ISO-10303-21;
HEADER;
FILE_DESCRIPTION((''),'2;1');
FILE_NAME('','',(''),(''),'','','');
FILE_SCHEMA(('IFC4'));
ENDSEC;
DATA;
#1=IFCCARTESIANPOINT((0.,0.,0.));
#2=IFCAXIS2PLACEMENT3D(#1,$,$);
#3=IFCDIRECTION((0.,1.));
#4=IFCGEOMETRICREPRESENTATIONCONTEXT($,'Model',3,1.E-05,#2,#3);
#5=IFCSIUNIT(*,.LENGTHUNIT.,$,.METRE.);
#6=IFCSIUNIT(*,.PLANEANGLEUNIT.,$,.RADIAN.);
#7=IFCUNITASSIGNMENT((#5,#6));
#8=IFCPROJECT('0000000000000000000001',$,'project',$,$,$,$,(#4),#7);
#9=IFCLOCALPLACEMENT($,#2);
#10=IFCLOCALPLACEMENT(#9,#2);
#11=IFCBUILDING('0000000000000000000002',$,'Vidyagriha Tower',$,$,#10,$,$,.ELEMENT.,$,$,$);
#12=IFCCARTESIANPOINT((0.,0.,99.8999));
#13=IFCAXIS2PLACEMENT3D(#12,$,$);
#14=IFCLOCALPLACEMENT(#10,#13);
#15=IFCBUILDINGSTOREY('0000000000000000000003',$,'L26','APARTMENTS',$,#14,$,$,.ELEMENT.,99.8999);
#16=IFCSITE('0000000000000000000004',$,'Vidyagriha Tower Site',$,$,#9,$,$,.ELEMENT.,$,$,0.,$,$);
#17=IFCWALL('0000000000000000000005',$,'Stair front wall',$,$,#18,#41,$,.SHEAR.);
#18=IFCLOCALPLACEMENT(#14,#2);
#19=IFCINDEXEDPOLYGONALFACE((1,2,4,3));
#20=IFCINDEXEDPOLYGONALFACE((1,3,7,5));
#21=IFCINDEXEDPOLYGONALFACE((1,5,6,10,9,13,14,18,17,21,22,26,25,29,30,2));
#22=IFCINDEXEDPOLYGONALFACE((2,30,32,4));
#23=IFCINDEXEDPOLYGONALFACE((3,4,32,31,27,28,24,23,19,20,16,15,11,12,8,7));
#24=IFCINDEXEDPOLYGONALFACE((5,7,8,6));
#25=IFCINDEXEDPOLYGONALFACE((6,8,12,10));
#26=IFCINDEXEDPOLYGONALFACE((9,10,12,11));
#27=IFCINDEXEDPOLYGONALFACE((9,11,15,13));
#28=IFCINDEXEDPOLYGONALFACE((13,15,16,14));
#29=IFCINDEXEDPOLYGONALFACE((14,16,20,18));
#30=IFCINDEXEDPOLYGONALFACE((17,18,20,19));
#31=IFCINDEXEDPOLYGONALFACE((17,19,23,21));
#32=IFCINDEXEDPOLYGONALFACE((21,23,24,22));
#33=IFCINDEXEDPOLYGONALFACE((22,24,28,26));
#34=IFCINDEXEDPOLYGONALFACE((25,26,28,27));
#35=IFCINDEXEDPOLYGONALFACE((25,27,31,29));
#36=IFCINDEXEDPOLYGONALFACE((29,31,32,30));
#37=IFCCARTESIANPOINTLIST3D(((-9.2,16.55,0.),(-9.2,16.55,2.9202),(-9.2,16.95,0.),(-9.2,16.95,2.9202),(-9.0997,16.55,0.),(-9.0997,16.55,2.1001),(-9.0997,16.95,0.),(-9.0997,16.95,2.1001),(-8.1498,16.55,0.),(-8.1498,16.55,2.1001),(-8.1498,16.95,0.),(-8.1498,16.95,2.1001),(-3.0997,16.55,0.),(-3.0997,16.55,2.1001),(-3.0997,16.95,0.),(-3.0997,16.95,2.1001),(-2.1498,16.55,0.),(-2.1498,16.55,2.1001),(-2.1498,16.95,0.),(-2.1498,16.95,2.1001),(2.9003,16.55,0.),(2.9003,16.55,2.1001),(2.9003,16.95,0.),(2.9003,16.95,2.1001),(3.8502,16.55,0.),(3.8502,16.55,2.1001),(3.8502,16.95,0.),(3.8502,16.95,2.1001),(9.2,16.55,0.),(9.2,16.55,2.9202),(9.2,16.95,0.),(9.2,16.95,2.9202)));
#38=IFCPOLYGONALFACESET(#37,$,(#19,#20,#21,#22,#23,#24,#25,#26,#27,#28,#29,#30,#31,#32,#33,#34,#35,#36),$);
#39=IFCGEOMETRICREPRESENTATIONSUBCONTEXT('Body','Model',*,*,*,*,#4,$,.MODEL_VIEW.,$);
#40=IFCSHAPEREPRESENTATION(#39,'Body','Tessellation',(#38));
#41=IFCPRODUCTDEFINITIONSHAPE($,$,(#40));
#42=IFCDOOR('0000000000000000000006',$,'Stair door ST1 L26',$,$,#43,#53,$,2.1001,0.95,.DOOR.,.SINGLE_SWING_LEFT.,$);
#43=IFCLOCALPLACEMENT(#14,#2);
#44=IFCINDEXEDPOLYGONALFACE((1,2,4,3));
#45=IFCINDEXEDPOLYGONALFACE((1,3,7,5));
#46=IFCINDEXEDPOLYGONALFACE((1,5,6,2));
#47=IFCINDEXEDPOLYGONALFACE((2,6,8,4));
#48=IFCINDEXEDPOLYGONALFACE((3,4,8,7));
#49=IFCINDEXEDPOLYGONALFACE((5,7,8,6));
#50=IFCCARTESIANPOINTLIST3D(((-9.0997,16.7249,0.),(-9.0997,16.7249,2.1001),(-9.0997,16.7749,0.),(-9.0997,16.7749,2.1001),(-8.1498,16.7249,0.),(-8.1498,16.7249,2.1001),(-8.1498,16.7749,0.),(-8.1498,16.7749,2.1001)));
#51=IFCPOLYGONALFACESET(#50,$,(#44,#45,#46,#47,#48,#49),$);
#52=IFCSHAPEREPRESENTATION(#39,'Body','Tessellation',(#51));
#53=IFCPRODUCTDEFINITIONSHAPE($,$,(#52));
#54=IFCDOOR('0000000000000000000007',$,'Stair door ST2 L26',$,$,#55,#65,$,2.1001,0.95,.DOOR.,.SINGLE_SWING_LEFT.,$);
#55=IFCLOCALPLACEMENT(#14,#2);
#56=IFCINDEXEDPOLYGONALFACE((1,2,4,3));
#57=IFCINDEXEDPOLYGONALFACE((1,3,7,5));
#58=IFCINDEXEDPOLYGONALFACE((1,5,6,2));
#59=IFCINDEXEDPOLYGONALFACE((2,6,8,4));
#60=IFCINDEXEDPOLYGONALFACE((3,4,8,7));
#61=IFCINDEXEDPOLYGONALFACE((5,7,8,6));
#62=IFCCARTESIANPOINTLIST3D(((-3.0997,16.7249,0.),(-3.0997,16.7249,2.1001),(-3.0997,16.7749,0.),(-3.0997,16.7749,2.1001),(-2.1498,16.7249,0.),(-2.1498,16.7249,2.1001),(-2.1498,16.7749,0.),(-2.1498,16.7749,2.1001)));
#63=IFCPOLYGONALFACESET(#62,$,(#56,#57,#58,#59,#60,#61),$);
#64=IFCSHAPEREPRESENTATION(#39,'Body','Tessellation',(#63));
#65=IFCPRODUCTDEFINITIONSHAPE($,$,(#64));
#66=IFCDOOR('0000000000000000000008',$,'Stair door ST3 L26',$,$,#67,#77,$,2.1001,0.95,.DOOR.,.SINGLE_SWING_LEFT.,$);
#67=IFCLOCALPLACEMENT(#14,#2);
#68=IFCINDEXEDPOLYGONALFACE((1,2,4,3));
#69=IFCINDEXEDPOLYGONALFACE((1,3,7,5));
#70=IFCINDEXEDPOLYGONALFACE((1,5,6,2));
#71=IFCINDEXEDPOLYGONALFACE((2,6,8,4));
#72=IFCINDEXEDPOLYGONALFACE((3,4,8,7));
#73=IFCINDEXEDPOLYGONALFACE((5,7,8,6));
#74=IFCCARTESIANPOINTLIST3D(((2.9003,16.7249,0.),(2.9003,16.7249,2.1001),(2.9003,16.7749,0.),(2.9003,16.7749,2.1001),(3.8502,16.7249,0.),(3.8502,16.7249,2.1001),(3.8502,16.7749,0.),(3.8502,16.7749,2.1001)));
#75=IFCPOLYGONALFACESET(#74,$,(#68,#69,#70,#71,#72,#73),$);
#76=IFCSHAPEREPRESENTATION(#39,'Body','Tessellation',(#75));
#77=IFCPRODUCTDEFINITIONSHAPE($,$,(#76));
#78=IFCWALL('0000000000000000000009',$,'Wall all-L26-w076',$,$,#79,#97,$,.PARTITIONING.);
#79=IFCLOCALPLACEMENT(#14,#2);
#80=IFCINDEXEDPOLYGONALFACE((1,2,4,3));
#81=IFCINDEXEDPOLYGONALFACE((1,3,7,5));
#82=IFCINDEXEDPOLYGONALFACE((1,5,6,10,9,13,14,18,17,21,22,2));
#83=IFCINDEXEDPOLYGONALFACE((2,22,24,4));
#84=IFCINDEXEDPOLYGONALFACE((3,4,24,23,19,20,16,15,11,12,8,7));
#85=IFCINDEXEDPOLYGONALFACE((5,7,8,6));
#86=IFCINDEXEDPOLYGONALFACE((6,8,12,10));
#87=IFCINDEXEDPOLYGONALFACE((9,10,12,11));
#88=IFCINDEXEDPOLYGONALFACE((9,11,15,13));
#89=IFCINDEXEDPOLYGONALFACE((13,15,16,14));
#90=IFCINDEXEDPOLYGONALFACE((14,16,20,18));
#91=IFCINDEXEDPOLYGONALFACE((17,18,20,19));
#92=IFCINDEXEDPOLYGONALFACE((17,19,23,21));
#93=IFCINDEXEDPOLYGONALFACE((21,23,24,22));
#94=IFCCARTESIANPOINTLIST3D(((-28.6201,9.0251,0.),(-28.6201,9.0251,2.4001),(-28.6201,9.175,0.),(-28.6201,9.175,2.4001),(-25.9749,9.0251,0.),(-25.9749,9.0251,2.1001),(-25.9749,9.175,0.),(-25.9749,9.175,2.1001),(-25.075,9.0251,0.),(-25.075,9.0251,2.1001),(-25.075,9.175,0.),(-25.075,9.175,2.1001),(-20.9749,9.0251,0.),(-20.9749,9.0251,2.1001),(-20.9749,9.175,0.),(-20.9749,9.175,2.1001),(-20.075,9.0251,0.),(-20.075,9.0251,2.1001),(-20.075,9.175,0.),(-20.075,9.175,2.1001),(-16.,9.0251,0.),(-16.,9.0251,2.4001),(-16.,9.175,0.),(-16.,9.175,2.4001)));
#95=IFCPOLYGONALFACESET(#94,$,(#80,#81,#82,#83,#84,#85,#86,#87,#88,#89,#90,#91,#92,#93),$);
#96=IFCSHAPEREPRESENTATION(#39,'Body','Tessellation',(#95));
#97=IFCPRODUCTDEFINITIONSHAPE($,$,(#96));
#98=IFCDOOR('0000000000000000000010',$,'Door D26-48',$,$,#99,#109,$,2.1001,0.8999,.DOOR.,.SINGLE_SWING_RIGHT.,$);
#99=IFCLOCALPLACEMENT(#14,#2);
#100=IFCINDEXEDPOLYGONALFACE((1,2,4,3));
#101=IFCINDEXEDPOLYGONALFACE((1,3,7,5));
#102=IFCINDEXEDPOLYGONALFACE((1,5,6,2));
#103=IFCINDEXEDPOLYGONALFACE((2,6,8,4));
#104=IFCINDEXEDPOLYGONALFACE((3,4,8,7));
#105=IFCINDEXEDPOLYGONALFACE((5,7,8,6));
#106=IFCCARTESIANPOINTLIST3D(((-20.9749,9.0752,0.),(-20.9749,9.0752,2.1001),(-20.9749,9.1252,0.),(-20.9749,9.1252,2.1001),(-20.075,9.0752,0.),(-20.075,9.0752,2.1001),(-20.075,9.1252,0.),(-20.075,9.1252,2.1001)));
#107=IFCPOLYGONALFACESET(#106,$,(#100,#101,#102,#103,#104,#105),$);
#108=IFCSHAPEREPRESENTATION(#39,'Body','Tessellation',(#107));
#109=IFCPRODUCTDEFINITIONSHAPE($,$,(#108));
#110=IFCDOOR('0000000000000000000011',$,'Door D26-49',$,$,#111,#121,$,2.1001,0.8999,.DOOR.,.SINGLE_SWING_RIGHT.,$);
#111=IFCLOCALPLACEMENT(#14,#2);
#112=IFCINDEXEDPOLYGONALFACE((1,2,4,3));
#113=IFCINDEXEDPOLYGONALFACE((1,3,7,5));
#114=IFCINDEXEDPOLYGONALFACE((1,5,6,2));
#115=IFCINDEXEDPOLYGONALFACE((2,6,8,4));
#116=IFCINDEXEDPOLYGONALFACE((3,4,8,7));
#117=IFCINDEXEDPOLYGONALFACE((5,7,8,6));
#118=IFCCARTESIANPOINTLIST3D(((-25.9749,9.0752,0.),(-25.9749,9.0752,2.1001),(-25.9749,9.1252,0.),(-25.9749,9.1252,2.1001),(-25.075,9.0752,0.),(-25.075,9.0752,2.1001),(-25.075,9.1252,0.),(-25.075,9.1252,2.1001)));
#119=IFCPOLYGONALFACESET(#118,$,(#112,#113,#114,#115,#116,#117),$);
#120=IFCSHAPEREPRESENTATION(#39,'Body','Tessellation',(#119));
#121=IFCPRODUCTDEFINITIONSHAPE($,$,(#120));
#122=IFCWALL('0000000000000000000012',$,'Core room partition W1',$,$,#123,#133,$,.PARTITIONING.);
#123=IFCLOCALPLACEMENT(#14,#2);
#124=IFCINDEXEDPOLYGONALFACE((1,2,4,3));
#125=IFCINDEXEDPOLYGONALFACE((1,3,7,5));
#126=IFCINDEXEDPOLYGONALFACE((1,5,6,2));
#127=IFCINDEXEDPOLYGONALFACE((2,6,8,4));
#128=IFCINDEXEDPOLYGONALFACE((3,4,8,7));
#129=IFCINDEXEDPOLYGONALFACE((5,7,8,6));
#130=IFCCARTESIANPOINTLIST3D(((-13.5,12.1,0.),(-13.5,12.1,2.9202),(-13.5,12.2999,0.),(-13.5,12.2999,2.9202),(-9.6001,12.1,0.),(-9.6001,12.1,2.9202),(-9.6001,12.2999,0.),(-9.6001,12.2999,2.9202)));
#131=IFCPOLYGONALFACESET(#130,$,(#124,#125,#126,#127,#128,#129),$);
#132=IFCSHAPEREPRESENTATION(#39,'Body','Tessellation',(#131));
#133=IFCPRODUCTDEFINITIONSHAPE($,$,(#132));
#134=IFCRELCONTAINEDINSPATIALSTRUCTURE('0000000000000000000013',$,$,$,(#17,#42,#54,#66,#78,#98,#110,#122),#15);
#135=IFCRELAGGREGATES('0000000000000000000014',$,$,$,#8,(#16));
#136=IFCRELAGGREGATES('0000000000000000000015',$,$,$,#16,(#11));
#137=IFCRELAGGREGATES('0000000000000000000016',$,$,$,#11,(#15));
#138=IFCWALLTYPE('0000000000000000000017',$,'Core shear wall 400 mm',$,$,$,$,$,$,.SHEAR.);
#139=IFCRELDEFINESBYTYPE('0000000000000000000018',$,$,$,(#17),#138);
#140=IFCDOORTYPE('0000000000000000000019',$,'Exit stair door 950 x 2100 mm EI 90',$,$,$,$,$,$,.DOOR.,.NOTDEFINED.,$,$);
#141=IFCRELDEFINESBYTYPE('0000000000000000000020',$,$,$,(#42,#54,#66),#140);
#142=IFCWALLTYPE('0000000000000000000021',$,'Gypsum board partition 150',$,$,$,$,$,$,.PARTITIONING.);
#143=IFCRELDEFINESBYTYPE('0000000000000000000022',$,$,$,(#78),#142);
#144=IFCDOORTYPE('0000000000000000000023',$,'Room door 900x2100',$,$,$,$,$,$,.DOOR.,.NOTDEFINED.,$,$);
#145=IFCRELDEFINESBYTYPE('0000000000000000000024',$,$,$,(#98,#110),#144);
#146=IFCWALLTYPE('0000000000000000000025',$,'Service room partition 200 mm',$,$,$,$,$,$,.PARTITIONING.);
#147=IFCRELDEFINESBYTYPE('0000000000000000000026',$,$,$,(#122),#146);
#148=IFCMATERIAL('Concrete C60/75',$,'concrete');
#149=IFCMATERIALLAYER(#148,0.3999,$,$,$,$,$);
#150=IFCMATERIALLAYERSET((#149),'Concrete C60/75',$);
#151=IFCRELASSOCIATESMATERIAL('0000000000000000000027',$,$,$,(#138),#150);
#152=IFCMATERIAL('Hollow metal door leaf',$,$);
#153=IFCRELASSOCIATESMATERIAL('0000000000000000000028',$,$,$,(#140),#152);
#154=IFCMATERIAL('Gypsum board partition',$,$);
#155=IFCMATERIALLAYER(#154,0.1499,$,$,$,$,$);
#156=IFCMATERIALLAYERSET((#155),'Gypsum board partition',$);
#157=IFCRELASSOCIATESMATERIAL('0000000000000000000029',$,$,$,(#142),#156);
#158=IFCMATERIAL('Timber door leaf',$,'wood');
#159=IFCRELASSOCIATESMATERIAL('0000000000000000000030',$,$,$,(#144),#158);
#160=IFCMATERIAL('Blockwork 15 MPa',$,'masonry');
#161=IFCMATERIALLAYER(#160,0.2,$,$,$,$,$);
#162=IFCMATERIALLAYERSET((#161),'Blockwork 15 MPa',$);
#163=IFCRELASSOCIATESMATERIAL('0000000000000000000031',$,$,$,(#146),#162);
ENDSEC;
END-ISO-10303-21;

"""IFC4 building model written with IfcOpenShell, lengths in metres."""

from ifc_helpers import new_model, si_unit, direction, frame, frame_2d, origin, place, context, subcontext, project, spatial, rectangle, extrude, material, layer, layer_set, type_object, element, fill, save


model = new_model("IFC4")

# Units and contexts
model_context = context("Model", 3, precision=1e-05, world=origin(), true_north=direction((0.0, 1.0)))
body_context = subcontext(model_context, "Body", "Model", "MODEL_VIEW")
ifc_project = project(units=[si_unit("LENGTHUNIT", "METRE"), si_unit("PLANEANGLEUNIT", "RADIAN")], contexts=[model_context])

# Site, building, storey
site_placement = place(None, origin())
site = spatial("IfcSite", under=ifc_project, at=site_placement, Name="Vidyagriha Tower Site", CompositionType="ELEMENT", RefElevation=0.0)
building_placement = place(site_placement, origin())
building = spatial("IfcBuilding", under=site, at=building_placement, Name="Vidyagriha Tower", CompositionType="ELEMENT")
storey_placement = place(building_placement, frame((0.0, 0.0, 99.8999)))
storey = spatial("IfcBuildingStorey", under=building, at=storey_placement, Name="L26", Description="APARTMENTS", CompositionType="ELEMENT", Elevation=99.8999)

# Shared definitions
ifc_material_1 = material(Name="Concrete C60/75", Category="concrete")
ifc_layer_1 = layer(ifc_material_1, 0.3999)
ifc_layer_set_1 = layer_set([ifc_layer_1], Name="Concrete C60/75")
wall_type_1 = type_object("IfcWallType", Name="Core shear wall 400 mm", PredefinedType="SHEAR", material=ifc_layer_set_1)

# Walls, openings, doors
wall_1_placement = place(storey_placement, frame((-9.2, 16.75, 0.0)))
wall_1 = element("IfcWall", 1, at=wall_1_placement, inside=storey, type_object=wall_type_1, Name="Stair front wall", PredefinedType="SHEAR", context=body_context, shape_type="SweptSolid", body=[
    extrude(rectangle(XDim=18.3999, YDim=0.3999, at=frame_2d((9.2, 0.0))), origin(), (0.0, 0.0, 1.0), 2.9202),
])
opening_1_placement = place(wall_1_placement, frame((0.1001, 0.0, 0.0)))
opening_1 = element("IfcOpeningElement", 2, at=opening_1_placement, cuts=wall_1, PredefinedType="OPENING", context=body_context, shape_type="SweptSolid", body=[
    extrude(rectangle(XDim=0.95, YDim=2.1001, at=frame_2d((0.4751, 1.05))), frame((0.0, 0.21, 0.0), z_axis=(0.0, -1.0, 0.0), x_axis=(1.0, 0.0, 0.0)), (0.0, 0.0, 1.0), 0.4199),
])
opening_2_placement = place(wall_1_placement, frame((6.1001, 0.0, 0.0)))
opening_2 = element("IfcOpeningElement", 3, at=opening_2_placement, cuts=wall_1, PredefinedType="OPENING", context=body_context, shape_type="SweptSolid", body=[
    extrude(rectangle(XDim=0.95, YDim=2.1001, at=frame_2d((0.4751, 1.05))), frame((0.0, 0.21, 0.0), z_axis=(0.0, -1.0, 0.0), x_axis=(1.0, 0.0, 0.0)), (0.0, 0.0, 1.0), 0.4199),
])
opening_3_placement = place(wall_1_placement, frame((12.1001, 0.0, 0.0)))
opening_3 = element("IfcOpeningElement", 4, at=opening_3_placement, cuts=wall_1, PredefinedType="OPENING", context=body_context, shape_type="SweptSolid", body=[
    extrude(rectangle(XDim=0.95, YDim=2.1001, at=frame_2d((0.4751, 1.05))), frame((0.0, 0.21, 0.0), z_axis=(0.0, -1.0, 0.0), x_axis=(1.0, 0.0, 0.0)), (0.0, 0.0, 1.0), 0.4199),
])
ifc_material_2 = material(Name="Hollow metal door leaf")
door_type_1 = type_object("IfcDoorType", Name="Exit stair door 950 x 2100 mm EI 90", OperationType="NOTDEFINED", PredefinedType="DOOR", material=ifc_material_2)
door_1_placement = place(opening_1_placement, origin())
door_1 = element("IfcDoor", 5, at=door_1_placement, inside=storey, type_object=door_type_1, Name="Stair door ST1 L26", OperationType="SINGLE_SWING_LEFT", OverallHeight=2.1001, OverallWidth=0.95, PredefinedType="DOOR", context=body_context, shape_type="SweptSolid", body=[
    extrude(rectangle(XDim=0.95, YDim=2.1001, at=frame_2d((0.4751, 1.05))), frame((0.0, 0.0249, 0.0), z_axis=(0.0, -1.0, 0.0), x_axis=(1.0, 0.0, 0.0)), (0.0, 0.0, 1.0), 0.05),
])
fill(opening_1, door_1)
door_2_placement = place(opening_2_placement, origin())
door_2 = element("IfcDoor", 6, at=door_2_placement, inside=storey, type_object=door_type_1, Name="Stair door ST2 L26", OperationType="SINGLE_SWING_LEFT", OverallHeight=2.1001, OverallWidth=0.95, PredefinedType="DOOR", context=body_context, shape_type="SweptSolid", body=[
    extrude(rectangle(XDim=0.95, YDim=2.1001, at=frame_2d((0.4751, 1.05))), frame((0.0, 0.0249, 0.0), z_axis=(0.0, -1.0, 0.0), x_axis=(1.0, 0.0, 0.0)), (0.0, 0.0, 1.0), 0.05),
])
fill(opening_2, door_2)
door_3_placement = place(opening_3_placement, origin())
door_3 = element("IfcDoor", 7, at=door_3_placement, inside=storey, type_object=door_type_1, Name="Stair door ST3 L26", OperationType="SINGLE_SWING_LEFT", OverallHeight=2.1001, OverallWidth=0.95, PredefinedType="DOOR", context=body_context, shape_type="SweptSolid", body=[
    extrude(rectangle(XDim=0.95, YDim=2.1001, at=frame_2d((0.4751, 1.05))), frame((0.0, 0.0249, 0.0), z_axis=(0.0, -1.0, 0.0), x_axis=(1.0, 0.0, 0.0)), (0.0, 0.0, 1.0), 0.05),
])
fill(opening_3, door_3)
ifc_material_3 = material(Name="Gypsum board partition")
ifc_layer_2 = layer(ifc_material_3, 0.1499)
ifc_layer_set_2 = layer_set([ifc_layer_2], Name="Gypsum board partition")
wall_type_2 = type_object("IfcWallType", Name="Gypsum board partition 150", PredefinedType="PARTITIONING", material=ifc_layer_set_2)
wall_2_placement = place(storey_placement, frame((-16.0, 9.1001, 0.0), z_axis=(0.0, 0.0, 1.0), x_axis=(-1.0, 0.0, 0.0)))
wall_2 = element("IfcWall", 8, at=wall_2_placement, inside=storey, type_object=wall_type_2, Name="Wall all-L26-w076", PredefinedType="PARTITIONING", context=body_context, shape_type="SweptSolid", body=[
    extrude(rectangle(XDim=12.6201, YDim=0.1499, at=frame_2d((6.3101, 0.0))), origin(), (0.0, 0.0, 1.0), 2.4001),
])
opening_4_placement = place(wall_2_placement, frame((4.075, 0.0, 0.0)))
opening_4 = element("IfcOpeningElement", 9, at=opening_4_placement, cuts=wall_2, PredefinedType="OPENING", context=body_context, shape_type="SweptSolid", body=[
    extrude(rectangle(XDim=0.8999, YDim=2.1001, at=frame_2d((0.45, 1.05))), frame((0.0, 0.085, 0.0), z_axis=(0.0, -1.0, 0.0), x_axis=(1.0, 0.0, 0.0)), (0.0, 0.0, 1.0), 0.1699),
])
opening_5_placement = place(wall_2_placement, frame((9.075, 0.0, 0.0)))
opening_5 = element("IfcOpeningElement", 10, at=opening_5_placement, cuts=wall_2, PredefinedType="OPENING", context=body_context, shape_type="SweptSolid", body=[
    extrude(rectangle(XDim=0.8999, YDim=2.1001, at=frame_2d((0.45, 1.05))), frame((0.0, 0.085, 0.0), z_axis=(0.0, -1.0, 0.0), x_axis=(1.0, 0.0, 0.0)), (0.0, 0.0, 1.0), 0.1699),
])
ifc_material_4 = material(Name="Timber door leaf", Category="wood")
door_type_2 = type_object("IfcDoorType", Name="Room door 900x2100", OperationType="NOTDEFINED", PredefinedType="DOOR", material=ifc_material_4)
door_4_placement = place(opening_4_placement, origin())
door_4 = element("IfcDoor", 11, at=door_4_placement, inside=storey, type_object=door_type_2, Name="Door D26-48", OperationType="SINGLE_SWING_RIGHT", OverallHeight=2.1001, OverallWidth=0.8999, PredefinedType="DOOR", context=body_context, shape_type="SweptSolid", body=[
    extrude(rectangle(XDim=0.8999, YDim=2.1001, at=frame_2d((0.45, 1.05))), frame((0.0, 0.0249, 0.0), z_axis=(0.0, -1.0, 0.0), x_axis=(1.0, 0.0, 0.0)), (0.0, 0.0, 1.0), 0.05),
])
fill(opening_4, door_4)
door_5_placement = place(opening_5_placement, origin())
door_5 = element("IfcDoor", 12, at=door_5_placement, inside=storey, type_object=door_type_2, Name="Door D26-49", OperationType="SINGLE_SWING_RIGHT", OverallHeight=2.1001, OverallWidth=0.8999, PredefinedType="DOOR", context=body_context, shape_type="SweptSolid", body=[
    extrude(rectangle(XDim=0.8999, YDim=2.1001, at=frame_2d((0.45, 1.05))), frame((0.0, 0.0249, 0.0), z_axis=(0.0, -1.0, 0.0), x_axis=(1.0, 0.0, 0.0)), (0.0, 0.0, 1.0), 0.05),
])
fill(opening_5, door_5)

# Wall
ifc_material_5 = material(Name="Blockwork 15 MPa", Category="masonry")
ifc_layer_3 = layer(ifc_material_5, 0.2)
ifc_layer_set_3 = layer_set([ifc_layer_3], Name="Blockwork 15 MPa")
wall_type_3 = type_object("IfcWallType", Name="Service room partition 200 mm", PredefinedType="PARTITIONING", material=ifc_layer_set_3)
wall_3_placement = place(storey_placement, frame((-13.5, 12.2, 0.0)))
element("IfcWall", 13, at=wall_3_placement, inside=storey, type_object=wall_type_3, Name="Core room partition W1", PredefinedType="PARTITIONING", context=body_context, shape_type="SweptSolid", body=[
    extrude(rectangle(XDim=3.8999, YDim=0.2, at=frame_2d((1.95, 0.0))), origin(), (0.0, 0.0, 1.0), 2.9202),
])

save(model, "model.ifc")
